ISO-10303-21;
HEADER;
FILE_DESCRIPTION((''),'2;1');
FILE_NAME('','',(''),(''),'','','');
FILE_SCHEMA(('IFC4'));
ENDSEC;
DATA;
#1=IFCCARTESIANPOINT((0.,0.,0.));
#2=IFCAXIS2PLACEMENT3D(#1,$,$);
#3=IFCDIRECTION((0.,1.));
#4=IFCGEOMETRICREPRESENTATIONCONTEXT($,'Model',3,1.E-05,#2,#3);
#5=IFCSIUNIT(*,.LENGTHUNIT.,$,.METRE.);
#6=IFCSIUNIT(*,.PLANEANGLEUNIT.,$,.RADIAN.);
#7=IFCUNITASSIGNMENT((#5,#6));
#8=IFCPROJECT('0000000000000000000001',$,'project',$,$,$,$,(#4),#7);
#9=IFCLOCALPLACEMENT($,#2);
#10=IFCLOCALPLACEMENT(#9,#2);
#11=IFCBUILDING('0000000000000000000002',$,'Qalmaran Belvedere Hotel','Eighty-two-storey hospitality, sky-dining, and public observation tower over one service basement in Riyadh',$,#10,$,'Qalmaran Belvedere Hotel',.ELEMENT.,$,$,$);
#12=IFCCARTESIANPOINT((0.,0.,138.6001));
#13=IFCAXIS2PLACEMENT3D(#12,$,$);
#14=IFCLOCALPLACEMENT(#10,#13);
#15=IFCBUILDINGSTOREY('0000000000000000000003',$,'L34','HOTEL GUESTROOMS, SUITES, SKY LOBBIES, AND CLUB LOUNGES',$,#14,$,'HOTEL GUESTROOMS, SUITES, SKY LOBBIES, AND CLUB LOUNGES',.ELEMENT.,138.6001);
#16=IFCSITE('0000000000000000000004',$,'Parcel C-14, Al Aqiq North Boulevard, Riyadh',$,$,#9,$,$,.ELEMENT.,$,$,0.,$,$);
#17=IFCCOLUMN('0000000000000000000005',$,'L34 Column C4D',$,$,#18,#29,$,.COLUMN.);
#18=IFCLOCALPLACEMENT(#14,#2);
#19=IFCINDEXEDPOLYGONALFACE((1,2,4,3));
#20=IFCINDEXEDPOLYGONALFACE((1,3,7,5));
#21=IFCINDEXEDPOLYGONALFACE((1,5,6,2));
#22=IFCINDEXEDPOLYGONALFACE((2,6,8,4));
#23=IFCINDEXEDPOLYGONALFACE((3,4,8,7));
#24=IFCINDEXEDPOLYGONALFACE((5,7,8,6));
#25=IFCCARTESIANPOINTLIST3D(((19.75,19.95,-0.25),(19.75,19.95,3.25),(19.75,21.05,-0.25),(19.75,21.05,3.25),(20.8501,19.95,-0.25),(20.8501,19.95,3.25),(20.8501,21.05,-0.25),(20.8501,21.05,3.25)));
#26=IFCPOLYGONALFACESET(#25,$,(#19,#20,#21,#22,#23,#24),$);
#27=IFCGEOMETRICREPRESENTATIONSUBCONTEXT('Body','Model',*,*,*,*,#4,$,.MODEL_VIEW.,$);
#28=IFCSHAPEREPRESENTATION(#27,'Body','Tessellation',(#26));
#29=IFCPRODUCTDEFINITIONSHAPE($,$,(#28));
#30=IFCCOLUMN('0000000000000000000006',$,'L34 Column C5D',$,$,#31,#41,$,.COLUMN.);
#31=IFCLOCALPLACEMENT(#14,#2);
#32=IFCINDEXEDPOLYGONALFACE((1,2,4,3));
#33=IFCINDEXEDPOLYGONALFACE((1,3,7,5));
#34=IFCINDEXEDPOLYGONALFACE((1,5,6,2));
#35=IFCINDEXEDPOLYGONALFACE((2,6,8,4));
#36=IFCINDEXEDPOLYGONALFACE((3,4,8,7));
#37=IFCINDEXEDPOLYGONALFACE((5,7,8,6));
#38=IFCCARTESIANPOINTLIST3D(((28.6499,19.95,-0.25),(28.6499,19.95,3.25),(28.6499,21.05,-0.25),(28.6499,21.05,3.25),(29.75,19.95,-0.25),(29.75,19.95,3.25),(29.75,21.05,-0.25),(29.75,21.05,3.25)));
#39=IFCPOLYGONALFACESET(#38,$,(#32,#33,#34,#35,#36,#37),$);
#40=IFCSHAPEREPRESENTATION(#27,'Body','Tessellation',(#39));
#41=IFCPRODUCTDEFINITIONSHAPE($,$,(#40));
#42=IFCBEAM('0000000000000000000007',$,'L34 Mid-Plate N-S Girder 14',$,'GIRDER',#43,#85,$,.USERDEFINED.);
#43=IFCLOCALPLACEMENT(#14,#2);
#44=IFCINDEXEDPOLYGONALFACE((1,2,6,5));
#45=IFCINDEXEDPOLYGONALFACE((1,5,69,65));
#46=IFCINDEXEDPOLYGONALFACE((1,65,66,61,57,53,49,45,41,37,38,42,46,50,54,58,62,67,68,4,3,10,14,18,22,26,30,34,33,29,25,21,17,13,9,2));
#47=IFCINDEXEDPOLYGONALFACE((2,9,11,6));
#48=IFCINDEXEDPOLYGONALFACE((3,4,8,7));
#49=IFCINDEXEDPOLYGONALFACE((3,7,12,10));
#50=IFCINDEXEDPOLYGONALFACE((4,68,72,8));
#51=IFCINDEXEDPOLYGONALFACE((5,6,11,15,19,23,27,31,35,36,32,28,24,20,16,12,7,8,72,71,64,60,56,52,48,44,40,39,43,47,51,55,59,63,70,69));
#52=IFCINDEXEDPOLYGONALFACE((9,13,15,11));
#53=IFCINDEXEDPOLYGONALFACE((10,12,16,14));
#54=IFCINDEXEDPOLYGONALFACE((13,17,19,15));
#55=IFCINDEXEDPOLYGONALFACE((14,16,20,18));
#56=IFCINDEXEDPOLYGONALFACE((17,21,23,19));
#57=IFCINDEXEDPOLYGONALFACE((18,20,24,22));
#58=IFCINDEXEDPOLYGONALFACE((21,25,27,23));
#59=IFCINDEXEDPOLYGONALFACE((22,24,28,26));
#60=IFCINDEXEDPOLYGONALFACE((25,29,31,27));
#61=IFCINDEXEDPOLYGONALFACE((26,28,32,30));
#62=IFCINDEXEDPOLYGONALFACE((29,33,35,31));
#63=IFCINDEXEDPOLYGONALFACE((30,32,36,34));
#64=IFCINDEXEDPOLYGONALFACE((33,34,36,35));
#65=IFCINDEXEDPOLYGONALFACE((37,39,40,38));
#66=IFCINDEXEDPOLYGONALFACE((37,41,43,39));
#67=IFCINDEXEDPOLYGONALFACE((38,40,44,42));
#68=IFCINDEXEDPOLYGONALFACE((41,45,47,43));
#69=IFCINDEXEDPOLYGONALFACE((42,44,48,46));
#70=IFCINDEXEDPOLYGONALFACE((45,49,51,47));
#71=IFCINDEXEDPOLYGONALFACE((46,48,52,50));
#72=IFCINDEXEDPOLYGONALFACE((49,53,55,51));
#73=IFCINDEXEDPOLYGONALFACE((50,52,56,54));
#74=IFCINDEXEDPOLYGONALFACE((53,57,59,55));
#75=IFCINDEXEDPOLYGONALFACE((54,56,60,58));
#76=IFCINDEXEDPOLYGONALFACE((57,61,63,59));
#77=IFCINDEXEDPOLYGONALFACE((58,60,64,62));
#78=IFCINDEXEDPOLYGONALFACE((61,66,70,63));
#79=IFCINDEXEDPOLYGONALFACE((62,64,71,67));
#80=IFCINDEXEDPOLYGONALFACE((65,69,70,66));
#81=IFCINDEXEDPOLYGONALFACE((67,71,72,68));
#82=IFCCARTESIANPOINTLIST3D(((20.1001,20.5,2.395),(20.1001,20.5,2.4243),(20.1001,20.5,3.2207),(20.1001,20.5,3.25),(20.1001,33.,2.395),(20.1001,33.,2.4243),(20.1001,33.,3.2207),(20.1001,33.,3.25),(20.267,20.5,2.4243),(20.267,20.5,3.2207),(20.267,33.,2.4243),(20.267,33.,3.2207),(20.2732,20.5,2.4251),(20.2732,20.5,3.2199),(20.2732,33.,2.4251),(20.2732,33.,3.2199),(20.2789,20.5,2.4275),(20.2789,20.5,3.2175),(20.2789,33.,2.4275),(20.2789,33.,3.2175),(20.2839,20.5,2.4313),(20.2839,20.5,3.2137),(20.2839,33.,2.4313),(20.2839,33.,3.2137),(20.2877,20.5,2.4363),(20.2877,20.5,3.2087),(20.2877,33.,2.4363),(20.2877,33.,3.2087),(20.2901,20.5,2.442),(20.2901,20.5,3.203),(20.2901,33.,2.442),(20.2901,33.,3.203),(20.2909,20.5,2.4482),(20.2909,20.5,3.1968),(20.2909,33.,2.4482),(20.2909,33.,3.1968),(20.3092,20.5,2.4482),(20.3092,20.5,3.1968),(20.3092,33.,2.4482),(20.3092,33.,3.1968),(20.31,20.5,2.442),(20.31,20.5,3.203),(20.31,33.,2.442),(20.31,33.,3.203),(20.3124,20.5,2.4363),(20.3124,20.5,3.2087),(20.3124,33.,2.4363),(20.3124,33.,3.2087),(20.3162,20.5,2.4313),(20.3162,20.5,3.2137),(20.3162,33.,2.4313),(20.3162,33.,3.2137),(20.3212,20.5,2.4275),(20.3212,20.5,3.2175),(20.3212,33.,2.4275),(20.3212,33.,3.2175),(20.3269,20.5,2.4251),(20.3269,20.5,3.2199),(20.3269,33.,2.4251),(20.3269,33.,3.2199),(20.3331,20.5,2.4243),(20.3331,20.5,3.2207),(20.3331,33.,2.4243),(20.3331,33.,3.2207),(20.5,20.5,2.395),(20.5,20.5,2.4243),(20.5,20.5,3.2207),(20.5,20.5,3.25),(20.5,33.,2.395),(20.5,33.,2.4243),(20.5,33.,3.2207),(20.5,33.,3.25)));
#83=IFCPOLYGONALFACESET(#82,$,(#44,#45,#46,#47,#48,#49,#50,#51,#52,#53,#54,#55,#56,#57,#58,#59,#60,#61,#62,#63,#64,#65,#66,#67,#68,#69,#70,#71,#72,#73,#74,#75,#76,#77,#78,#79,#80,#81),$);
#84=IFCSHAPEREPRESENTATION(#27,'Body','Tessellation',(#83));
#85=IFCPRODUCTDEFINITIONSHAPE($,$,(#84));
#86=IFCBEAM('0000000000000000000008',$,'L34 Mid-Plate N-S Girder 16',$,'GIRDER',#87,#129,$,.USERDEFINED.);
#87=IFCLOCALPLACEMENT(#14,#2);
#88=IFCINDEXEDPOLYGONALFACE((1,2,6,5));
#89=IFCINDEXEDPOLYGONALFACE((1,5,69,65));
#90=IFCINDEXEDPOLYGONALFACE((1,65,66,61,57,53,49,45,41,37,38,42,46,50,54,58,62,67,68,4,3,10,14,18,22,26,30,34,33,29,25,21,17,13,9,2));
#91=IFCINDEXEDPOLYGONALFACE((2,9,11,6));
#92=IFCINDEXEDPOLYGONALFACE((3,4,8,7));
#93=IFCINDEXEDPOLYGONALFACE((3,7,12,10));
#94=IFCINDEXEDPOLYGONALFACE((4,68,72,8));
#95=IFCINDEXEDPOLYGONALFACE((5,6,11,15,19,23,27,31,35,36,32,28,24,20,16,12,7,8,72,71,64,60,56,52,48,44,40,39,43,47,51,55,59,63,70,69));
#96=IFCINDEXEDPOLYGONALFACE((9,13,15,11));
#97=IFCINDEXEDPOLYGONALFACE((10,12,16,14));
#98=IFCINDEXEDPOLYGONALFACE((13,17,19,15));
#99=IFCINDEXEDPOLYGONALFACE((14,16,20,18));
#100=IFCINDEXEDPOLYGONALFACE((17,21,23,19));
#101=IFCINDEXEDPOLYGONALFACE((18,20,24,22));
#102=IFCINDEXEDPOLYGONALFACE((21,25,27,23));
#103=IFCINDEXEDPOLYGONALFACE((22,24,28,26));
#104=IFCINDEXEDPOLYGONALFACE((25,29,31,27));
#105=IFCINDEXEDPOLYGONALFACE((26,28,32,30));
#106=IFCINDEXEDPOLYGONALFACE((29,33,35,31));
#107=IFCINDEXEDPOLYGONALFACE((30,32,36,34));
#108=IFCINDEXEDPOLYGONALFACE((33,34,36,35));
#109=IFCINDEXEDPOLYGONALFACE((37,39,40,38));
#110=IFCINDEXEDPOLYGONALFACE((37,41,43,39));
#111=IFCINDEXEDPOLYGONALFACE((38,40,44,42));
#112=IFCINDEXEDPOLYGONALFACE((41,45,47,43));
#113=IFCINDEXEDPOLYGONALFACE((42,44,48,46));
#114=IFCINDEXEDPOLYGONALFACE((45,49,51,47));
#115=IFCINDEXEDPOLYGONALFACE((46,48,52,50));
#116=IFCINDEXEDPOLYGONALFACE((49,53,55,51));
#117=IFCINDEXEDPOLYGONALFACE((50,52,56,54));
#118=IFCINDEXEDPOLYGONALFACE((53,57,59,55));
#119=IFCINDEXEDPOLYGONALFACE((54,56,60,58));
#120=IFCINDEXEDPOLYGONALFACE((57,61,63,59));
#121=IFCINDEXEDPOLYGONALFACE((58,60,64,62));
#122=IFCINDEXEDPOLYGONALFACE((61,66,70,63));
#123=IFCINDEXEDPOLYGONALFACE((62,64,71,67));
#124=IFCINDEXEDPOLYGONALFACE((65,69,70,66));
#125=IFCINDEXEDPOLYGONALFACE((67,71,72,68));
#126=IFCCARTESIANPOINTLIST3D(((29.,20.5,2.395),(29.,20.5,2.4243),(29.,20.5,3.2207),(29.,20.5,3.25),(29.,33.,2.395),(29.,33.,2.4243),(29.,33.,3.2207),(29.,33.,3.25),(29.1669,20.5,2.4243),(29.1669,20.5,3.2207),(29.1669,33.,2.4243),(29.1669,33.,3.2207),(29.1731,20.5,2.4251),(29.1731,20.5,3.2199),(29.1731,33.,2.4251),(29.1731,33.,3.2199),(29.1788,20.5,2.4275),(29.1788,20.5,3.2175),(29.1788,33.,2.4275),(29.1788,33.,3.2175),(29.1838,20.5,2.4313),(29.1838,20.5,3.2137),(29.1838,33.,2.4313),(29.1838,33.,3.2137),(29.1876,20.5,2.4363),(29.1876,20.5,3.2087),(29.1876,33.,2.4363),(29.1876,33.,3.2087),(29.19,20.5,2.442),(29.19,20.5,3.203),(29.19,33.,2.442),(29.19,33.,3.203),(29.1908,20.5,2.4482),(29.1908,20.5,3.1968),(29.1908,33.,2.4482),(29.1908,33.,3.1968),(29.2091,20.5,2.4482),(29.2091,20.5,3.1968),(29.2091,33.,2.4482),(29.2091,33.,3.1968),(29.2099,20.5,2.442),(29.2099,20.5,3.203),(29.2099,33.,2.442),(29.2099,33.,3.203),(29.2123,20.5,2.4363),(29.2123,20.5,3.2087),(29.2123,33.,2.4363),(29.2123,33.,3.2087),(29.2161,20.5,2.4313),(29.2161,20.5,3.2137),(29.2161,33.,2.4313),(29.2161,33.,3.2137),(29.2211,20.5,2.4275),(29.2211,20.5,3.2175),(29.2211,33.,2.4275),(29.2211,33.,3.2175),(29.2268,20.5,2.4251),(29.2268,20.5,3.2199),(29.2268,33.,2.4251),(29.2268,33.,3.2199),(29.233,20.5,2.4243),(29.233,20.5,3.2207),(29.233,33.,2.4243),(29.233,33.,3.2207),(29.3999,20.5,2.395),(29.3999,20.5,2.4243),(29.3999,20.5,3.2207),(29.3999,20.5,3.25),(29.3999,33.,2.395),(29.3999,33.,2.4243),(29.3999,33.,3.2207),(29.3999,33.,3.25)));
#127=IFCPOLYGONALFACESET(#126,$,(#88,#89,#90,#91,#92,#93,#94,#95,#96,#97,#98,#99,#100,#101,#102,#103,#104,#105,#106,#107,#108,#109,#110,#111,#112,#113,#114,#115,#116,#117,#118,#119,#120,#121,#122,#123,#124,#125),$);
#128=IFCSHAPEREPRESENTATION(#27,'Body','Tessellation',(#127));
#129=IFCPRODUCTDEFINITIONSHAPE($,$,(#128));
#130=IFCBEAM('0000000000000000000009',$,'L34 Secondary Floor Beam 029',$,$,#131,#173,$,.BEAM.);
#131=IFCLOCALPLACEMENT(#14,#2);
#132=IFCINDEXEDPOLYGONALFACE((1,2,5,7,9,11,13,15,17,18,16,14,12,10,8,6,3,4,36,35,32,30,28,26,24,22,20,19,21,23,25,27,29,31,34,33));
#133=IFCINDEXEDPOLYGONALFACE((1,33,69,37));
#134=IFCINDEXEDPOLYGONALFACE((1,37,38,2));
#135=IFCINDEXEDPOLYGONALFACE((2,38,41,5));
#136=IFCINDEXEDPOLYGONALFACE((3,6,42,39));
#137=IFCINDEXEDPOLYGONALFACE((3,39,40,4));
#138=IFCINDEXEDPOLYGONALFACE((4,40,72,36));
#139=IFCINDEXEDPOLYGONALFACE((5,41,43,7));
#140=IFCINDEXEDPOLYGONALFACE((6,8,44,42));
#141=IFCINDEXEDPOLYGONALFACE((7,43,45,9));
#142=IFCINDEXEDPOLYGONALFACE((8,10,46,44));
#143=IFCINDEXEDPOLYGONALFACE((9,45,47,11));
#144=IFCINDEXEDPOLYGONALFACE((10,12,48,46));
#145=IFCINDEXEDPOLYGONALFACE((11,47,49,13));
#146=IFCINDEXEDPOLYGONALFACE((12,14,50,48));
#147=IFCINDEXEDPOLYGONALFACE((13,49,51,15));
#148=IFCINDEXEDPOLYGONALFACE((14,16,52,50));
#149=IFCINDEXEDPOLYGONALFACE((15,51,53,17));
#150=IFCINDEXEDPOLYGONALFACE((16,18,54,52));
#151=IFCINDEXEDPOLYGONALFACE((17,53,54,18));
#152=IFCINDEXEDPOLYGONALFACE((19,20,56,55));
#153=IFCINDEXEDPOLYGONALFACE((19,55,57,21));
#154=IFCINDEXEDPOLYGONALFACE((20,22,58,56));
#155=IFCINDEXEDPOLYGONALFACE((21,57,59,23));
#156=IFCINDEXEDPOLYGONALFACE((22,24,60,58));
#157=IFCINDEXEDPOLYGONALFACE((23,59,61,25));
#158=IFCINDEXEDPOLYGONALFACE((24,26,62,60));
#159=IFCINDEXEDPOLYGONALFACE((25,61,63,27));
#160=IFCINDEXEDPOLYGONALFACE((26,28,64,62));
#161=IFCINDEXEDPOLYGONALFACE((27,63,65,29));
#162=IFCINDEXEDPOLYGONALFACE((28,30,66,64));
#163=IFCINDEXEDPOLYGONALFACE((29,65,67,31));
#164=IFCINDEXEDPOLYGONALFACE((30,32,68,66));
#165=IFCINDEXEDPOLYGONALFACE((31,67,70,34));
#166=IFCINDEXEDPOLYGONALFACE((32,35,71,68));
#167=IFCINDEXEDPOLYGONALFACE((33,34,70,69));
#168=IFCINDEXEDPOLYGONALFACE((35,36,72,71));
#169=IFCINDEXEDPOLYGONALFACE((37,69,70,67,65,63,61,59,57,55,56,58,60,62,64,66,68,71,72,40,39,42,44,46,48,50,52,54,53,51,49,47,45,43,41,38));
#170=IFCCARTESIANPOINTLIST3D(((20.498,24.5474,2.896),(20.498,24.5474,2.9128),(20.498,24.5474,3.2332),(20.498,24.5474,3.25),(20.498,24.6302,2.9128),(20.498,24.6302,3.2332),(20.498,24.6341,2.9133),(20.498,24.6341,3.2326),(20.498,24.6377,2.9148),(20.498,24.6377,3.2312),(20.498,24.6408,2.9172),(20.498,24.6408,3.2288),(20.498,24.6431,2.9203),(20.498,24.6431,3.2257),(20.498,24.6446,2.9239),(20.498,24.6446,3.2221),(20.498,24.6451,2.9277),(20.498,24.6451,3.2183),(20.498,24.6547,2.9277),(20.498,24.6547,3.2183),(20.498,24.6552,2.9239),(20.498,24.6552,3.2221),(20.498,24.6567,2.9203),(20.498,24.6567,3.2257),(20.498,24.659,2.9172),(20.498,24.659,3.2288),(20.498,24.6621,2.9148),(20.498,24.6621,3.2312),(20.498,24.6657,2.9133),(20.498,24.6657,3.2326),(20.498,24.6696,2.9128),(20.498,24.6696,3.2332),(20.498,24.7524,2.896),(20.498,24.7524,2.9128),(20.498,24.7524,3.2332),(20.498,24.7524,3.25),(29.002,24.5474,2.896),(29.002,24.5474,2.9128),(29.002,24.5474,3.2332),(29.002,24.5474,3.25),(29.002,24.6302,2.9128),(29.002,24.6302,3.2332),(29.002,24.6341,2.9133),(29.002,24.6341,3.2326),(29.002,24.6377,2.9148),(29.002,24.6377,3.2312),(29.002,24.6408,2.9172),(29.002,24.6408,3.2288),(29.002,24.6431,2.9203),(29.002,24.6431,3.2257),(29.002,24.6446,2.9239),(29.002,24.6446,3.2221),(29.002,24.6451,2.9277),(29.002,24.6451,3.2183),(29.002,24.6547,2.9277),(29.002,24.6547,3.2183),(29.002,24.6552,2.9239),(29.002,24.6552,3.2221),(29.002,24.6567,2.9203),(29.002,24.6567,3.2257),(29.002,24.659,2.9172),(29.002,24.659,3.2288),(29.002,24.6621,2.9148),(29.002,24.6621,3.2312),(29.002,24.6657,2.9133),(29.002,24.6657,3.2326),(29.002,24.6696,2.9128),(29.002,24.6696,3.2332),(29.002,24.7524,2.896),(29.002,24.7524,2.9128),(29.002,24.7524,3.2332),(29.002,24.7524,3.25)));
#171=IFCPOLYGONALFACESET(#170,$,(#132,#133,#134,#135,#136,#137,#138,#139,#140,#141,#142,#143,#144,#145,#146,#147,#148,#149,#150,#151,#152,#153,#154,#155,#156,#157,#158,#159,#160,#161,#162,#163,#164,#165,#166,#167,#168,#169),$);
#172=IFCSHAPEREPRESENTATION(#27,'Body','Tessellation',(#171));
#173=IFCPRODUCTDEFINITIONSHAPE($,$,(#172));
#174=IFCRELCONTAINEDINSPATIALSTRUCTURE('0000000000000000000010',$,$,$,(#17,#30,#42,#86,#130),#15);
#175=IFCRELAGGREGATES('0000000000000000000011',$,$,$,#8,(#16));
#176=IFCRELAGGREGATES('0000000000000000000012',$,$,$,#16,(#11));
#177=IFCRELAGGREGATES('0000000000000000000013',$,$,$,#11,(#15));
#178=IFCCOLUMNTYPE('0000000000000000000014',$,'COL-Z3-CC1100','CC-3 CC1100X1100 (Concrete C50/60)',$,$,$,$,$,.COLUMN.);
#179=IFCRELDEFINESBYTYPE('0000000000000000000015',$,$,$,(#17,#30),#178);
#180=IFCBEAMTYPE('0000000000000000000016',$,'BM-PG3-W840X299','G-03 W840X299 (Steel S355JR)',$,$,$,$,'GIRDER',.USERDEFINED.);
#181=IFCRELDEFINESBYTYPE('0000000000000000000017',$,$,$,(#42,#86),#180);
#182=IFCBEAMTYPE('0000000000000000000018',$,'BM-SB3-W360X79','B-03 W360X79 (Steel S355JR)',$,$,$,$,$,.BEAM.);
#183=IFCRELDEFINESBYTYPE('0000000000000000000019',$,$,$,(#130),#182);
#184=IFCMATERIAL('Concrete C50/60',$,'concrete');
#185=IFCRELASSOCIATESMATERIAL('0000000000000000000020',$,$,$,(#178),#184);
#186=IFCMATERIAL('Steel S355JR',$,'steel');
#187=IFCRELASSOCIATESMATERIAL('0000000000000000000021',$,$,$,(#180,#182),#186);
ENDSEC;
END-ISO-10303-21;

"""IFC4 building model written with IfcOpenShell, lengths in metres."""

from ifc_helpers import new_model, si_unit, direction, frame, origin, origin_2d, place, context, subcontext, project, spatial, rectangle, i_section, extrude, material, material_profile, profile_set, type_object, element, save


model = new_model("IFC4")

# Units and contexts
model_context = context("Model", 3, precision=1e-05, world=origin(), true_north=direction((0.0, 1.0)))
body_context = subcontext(model_context, "Body", "Model", "MODEL_VIEW")
ifc_project = project(units=[si_unit("LENGTHUNIT", "METRE"), si_unit("PLANEANGLEUNIT", "RADIAN")], contexts=[model_context])

# Site, building, storey
site_placement = place(None, origin())
site = spatial("IfcSite", under=ifc_project, at=site_placement, Name="Parcel C-14, Al Aqiq North Boulevard, Riyadh", CompositionType="ELEMENT", RefElevation=0.0)
building_placement = place(site_placement, origin())
building = spatial("IfcBuilding", under=site, at=building_placement, Name="Qalmaran Belvedere Hotel", Description="Eighty-two-storey hospitality, sky-dining, and public observation tower over one service basement in Riyadh", LongName="Qalmaran Belvedere Hotel", CompositionType="ELEMENT")
storey_placement = place(building_placement, frame((0.0, 0.0, 138.6001)))
storey = spatial("IfcBuildingStorey", under=building, at=storey_placement, Name="L34", Description="HOTEL GUESTROOMS, SUITES, SKY LOBBIES, AND CLUB LOUNGES", LongName="HOTEL GUESTROOMS, SUITES, SKY LOBBIES, AND CLUB LOUNGES", CompositionType="ELEMENT", Elevation=138.6001)

# Columns
ifc_material_1 = material(Name="Concrete C50/60", Category="concrete")
ifc_material_profile_1 = material_profile(ifc_material_1, rectangle(XDim=1.1001, YDim=1.1001, at=origin_2d()), Name="CC1100X1100")
ifc_profile_set_1 = profile_set([ifc_material_profile_1], Name="Concrete C50/60")
column_type = type_object("IfcColumnType", Name="COL-Z3-CC1100", Description="CC-3 CC1100X1100 (Concrete C50/60)", PredefinedType="COLUMN", material=ifc_profile_set_1)
for number, where, z_axis, x_axis, name in (
    (1, (20.3, 20.5, -0.25), (0.0, 0.0, 1.0), (1.0, 0.0, 0.0), "L34 Column C4D"),
    (2, (29.2, 20.5, -0.25), (0.0, 0.0, 1.0), (1.0, 0.0, 0.0), "L34 Column C5D"),
):
    element("IfcColumn", number, at=place(storey_placement, frame(where, z_axis=z_axis, x_axis=x_axis)), inside=storey, type_object=column_type, Name=name, PredefinedType="COLUMN", context=body_context, shape_type="SweptSolid", body=[
        extrude(rectangle(XDim=1.1001, YDim=1.1001, at=origin_2d()), origin(), (0.0, 0.0, 1.0), 3.5),
    ])

# Beams
ifc_material_2 = material(Name="Steel S355JR", Category="steel")
ifc_material_profile_2 = material_profile(ifc_material_2, i_section(OverallWidth=0.3999, OverallDepth=0.855, WebThickness=0.0183, FlangeThickness=0.0293, FilletRadius=0.0239, at=origin_2d()), Name="W840X299")
ifc_profile_set_2 = profile_set([ifc_material_profile_2], Name="Steel S355JR")
beam_type_1 = type_object("IfcBeamType", Name="BM-PG3-W840X299", Description="G-03 W840X299 (Steel S355JR)", ElementType="GIRDER", PredefinedType="USERDEFINED", material=ifc_profile_set_2)
for number, where, z_axis, x_axis, name in (
    (3, (20.3, 20.5, 2.8225), (0.0, 1.0, 0.0), (-1.0, 0.0, 0.0), "L34 Mid-Plate N-S Girder 14"),
    (4, (29.2, 20.5, 2.8225), (0.0, 1.0, 0.0), (-1.0, 0.0, 0.0), "L34 Mid-Plate N-S Girder 16"),
):
    element("IfcBeam", number, at=place(storey_placement, frame(where, z_axis=z_axis, x_axis=x_axis)), inside=storey, type_object=beam_type_1, Name=name, ObjectType="GIRDER", PredefinedType="USERDEFINED", context=body_context, shape_type="SweptSolid", body=[
        extrude(i_section(OverallWidth=0.3999, OverallDepth=0.855, WebThickness=0.0183, FlangeThickness=0.0293, FilletRadius=0.0239, at=origin_2d()), origin(), (0.0, 0.0, 1.0), 12.5),
    ])
ifc_material_profile_3 = material_profile(ifc_material_2, i_section(OverallWidth=0.2051, OverallDepth=0.354, WebThickness=0.0095, FlangeThickness=0.0168, FilletRadius=0.0149, at=origin_2d()), Name="W360X79")
ifc_profile_set_3 = profile_set([ifc_material_profile_3], Name="Steel S355JR")
beam_type_2 = type_object("IfcBeamType", Name="BM-SB3-W360X79", Description="B-03 W360X79 (Steel S355JR)", PredefinedType="BEAM", material=ifc_profile_set_3)
for number, where, z_axis, x_axis, name in (
    (5, (20.498, 24.6499, 3.073), (1.0, 0.0, 0.0), (0.0, 1.0, 0.0), "L34 Secondary Floor Beam 029"),
):
    element("IfcBeam", number, at=place(storey_placement, frame(where, z_axis=z_axis, x_axis=x_axis)), inside=storey, type_object=beam_type_2, Name=name, PredefinedType="BEAM", context=body_context, shape_type="SweptSolid", body=[
        extrude(i_section(OverallWidth=0.2051, OverallDepth=0.354, WebThickness=0.0095, FlangeThickness=0.0168, FilletRadius=0.0149, at=origin_2d()), origin(), (0.0, 0.0, 1.0), 8.5039),
    ])

save(model, "model.ifc")
